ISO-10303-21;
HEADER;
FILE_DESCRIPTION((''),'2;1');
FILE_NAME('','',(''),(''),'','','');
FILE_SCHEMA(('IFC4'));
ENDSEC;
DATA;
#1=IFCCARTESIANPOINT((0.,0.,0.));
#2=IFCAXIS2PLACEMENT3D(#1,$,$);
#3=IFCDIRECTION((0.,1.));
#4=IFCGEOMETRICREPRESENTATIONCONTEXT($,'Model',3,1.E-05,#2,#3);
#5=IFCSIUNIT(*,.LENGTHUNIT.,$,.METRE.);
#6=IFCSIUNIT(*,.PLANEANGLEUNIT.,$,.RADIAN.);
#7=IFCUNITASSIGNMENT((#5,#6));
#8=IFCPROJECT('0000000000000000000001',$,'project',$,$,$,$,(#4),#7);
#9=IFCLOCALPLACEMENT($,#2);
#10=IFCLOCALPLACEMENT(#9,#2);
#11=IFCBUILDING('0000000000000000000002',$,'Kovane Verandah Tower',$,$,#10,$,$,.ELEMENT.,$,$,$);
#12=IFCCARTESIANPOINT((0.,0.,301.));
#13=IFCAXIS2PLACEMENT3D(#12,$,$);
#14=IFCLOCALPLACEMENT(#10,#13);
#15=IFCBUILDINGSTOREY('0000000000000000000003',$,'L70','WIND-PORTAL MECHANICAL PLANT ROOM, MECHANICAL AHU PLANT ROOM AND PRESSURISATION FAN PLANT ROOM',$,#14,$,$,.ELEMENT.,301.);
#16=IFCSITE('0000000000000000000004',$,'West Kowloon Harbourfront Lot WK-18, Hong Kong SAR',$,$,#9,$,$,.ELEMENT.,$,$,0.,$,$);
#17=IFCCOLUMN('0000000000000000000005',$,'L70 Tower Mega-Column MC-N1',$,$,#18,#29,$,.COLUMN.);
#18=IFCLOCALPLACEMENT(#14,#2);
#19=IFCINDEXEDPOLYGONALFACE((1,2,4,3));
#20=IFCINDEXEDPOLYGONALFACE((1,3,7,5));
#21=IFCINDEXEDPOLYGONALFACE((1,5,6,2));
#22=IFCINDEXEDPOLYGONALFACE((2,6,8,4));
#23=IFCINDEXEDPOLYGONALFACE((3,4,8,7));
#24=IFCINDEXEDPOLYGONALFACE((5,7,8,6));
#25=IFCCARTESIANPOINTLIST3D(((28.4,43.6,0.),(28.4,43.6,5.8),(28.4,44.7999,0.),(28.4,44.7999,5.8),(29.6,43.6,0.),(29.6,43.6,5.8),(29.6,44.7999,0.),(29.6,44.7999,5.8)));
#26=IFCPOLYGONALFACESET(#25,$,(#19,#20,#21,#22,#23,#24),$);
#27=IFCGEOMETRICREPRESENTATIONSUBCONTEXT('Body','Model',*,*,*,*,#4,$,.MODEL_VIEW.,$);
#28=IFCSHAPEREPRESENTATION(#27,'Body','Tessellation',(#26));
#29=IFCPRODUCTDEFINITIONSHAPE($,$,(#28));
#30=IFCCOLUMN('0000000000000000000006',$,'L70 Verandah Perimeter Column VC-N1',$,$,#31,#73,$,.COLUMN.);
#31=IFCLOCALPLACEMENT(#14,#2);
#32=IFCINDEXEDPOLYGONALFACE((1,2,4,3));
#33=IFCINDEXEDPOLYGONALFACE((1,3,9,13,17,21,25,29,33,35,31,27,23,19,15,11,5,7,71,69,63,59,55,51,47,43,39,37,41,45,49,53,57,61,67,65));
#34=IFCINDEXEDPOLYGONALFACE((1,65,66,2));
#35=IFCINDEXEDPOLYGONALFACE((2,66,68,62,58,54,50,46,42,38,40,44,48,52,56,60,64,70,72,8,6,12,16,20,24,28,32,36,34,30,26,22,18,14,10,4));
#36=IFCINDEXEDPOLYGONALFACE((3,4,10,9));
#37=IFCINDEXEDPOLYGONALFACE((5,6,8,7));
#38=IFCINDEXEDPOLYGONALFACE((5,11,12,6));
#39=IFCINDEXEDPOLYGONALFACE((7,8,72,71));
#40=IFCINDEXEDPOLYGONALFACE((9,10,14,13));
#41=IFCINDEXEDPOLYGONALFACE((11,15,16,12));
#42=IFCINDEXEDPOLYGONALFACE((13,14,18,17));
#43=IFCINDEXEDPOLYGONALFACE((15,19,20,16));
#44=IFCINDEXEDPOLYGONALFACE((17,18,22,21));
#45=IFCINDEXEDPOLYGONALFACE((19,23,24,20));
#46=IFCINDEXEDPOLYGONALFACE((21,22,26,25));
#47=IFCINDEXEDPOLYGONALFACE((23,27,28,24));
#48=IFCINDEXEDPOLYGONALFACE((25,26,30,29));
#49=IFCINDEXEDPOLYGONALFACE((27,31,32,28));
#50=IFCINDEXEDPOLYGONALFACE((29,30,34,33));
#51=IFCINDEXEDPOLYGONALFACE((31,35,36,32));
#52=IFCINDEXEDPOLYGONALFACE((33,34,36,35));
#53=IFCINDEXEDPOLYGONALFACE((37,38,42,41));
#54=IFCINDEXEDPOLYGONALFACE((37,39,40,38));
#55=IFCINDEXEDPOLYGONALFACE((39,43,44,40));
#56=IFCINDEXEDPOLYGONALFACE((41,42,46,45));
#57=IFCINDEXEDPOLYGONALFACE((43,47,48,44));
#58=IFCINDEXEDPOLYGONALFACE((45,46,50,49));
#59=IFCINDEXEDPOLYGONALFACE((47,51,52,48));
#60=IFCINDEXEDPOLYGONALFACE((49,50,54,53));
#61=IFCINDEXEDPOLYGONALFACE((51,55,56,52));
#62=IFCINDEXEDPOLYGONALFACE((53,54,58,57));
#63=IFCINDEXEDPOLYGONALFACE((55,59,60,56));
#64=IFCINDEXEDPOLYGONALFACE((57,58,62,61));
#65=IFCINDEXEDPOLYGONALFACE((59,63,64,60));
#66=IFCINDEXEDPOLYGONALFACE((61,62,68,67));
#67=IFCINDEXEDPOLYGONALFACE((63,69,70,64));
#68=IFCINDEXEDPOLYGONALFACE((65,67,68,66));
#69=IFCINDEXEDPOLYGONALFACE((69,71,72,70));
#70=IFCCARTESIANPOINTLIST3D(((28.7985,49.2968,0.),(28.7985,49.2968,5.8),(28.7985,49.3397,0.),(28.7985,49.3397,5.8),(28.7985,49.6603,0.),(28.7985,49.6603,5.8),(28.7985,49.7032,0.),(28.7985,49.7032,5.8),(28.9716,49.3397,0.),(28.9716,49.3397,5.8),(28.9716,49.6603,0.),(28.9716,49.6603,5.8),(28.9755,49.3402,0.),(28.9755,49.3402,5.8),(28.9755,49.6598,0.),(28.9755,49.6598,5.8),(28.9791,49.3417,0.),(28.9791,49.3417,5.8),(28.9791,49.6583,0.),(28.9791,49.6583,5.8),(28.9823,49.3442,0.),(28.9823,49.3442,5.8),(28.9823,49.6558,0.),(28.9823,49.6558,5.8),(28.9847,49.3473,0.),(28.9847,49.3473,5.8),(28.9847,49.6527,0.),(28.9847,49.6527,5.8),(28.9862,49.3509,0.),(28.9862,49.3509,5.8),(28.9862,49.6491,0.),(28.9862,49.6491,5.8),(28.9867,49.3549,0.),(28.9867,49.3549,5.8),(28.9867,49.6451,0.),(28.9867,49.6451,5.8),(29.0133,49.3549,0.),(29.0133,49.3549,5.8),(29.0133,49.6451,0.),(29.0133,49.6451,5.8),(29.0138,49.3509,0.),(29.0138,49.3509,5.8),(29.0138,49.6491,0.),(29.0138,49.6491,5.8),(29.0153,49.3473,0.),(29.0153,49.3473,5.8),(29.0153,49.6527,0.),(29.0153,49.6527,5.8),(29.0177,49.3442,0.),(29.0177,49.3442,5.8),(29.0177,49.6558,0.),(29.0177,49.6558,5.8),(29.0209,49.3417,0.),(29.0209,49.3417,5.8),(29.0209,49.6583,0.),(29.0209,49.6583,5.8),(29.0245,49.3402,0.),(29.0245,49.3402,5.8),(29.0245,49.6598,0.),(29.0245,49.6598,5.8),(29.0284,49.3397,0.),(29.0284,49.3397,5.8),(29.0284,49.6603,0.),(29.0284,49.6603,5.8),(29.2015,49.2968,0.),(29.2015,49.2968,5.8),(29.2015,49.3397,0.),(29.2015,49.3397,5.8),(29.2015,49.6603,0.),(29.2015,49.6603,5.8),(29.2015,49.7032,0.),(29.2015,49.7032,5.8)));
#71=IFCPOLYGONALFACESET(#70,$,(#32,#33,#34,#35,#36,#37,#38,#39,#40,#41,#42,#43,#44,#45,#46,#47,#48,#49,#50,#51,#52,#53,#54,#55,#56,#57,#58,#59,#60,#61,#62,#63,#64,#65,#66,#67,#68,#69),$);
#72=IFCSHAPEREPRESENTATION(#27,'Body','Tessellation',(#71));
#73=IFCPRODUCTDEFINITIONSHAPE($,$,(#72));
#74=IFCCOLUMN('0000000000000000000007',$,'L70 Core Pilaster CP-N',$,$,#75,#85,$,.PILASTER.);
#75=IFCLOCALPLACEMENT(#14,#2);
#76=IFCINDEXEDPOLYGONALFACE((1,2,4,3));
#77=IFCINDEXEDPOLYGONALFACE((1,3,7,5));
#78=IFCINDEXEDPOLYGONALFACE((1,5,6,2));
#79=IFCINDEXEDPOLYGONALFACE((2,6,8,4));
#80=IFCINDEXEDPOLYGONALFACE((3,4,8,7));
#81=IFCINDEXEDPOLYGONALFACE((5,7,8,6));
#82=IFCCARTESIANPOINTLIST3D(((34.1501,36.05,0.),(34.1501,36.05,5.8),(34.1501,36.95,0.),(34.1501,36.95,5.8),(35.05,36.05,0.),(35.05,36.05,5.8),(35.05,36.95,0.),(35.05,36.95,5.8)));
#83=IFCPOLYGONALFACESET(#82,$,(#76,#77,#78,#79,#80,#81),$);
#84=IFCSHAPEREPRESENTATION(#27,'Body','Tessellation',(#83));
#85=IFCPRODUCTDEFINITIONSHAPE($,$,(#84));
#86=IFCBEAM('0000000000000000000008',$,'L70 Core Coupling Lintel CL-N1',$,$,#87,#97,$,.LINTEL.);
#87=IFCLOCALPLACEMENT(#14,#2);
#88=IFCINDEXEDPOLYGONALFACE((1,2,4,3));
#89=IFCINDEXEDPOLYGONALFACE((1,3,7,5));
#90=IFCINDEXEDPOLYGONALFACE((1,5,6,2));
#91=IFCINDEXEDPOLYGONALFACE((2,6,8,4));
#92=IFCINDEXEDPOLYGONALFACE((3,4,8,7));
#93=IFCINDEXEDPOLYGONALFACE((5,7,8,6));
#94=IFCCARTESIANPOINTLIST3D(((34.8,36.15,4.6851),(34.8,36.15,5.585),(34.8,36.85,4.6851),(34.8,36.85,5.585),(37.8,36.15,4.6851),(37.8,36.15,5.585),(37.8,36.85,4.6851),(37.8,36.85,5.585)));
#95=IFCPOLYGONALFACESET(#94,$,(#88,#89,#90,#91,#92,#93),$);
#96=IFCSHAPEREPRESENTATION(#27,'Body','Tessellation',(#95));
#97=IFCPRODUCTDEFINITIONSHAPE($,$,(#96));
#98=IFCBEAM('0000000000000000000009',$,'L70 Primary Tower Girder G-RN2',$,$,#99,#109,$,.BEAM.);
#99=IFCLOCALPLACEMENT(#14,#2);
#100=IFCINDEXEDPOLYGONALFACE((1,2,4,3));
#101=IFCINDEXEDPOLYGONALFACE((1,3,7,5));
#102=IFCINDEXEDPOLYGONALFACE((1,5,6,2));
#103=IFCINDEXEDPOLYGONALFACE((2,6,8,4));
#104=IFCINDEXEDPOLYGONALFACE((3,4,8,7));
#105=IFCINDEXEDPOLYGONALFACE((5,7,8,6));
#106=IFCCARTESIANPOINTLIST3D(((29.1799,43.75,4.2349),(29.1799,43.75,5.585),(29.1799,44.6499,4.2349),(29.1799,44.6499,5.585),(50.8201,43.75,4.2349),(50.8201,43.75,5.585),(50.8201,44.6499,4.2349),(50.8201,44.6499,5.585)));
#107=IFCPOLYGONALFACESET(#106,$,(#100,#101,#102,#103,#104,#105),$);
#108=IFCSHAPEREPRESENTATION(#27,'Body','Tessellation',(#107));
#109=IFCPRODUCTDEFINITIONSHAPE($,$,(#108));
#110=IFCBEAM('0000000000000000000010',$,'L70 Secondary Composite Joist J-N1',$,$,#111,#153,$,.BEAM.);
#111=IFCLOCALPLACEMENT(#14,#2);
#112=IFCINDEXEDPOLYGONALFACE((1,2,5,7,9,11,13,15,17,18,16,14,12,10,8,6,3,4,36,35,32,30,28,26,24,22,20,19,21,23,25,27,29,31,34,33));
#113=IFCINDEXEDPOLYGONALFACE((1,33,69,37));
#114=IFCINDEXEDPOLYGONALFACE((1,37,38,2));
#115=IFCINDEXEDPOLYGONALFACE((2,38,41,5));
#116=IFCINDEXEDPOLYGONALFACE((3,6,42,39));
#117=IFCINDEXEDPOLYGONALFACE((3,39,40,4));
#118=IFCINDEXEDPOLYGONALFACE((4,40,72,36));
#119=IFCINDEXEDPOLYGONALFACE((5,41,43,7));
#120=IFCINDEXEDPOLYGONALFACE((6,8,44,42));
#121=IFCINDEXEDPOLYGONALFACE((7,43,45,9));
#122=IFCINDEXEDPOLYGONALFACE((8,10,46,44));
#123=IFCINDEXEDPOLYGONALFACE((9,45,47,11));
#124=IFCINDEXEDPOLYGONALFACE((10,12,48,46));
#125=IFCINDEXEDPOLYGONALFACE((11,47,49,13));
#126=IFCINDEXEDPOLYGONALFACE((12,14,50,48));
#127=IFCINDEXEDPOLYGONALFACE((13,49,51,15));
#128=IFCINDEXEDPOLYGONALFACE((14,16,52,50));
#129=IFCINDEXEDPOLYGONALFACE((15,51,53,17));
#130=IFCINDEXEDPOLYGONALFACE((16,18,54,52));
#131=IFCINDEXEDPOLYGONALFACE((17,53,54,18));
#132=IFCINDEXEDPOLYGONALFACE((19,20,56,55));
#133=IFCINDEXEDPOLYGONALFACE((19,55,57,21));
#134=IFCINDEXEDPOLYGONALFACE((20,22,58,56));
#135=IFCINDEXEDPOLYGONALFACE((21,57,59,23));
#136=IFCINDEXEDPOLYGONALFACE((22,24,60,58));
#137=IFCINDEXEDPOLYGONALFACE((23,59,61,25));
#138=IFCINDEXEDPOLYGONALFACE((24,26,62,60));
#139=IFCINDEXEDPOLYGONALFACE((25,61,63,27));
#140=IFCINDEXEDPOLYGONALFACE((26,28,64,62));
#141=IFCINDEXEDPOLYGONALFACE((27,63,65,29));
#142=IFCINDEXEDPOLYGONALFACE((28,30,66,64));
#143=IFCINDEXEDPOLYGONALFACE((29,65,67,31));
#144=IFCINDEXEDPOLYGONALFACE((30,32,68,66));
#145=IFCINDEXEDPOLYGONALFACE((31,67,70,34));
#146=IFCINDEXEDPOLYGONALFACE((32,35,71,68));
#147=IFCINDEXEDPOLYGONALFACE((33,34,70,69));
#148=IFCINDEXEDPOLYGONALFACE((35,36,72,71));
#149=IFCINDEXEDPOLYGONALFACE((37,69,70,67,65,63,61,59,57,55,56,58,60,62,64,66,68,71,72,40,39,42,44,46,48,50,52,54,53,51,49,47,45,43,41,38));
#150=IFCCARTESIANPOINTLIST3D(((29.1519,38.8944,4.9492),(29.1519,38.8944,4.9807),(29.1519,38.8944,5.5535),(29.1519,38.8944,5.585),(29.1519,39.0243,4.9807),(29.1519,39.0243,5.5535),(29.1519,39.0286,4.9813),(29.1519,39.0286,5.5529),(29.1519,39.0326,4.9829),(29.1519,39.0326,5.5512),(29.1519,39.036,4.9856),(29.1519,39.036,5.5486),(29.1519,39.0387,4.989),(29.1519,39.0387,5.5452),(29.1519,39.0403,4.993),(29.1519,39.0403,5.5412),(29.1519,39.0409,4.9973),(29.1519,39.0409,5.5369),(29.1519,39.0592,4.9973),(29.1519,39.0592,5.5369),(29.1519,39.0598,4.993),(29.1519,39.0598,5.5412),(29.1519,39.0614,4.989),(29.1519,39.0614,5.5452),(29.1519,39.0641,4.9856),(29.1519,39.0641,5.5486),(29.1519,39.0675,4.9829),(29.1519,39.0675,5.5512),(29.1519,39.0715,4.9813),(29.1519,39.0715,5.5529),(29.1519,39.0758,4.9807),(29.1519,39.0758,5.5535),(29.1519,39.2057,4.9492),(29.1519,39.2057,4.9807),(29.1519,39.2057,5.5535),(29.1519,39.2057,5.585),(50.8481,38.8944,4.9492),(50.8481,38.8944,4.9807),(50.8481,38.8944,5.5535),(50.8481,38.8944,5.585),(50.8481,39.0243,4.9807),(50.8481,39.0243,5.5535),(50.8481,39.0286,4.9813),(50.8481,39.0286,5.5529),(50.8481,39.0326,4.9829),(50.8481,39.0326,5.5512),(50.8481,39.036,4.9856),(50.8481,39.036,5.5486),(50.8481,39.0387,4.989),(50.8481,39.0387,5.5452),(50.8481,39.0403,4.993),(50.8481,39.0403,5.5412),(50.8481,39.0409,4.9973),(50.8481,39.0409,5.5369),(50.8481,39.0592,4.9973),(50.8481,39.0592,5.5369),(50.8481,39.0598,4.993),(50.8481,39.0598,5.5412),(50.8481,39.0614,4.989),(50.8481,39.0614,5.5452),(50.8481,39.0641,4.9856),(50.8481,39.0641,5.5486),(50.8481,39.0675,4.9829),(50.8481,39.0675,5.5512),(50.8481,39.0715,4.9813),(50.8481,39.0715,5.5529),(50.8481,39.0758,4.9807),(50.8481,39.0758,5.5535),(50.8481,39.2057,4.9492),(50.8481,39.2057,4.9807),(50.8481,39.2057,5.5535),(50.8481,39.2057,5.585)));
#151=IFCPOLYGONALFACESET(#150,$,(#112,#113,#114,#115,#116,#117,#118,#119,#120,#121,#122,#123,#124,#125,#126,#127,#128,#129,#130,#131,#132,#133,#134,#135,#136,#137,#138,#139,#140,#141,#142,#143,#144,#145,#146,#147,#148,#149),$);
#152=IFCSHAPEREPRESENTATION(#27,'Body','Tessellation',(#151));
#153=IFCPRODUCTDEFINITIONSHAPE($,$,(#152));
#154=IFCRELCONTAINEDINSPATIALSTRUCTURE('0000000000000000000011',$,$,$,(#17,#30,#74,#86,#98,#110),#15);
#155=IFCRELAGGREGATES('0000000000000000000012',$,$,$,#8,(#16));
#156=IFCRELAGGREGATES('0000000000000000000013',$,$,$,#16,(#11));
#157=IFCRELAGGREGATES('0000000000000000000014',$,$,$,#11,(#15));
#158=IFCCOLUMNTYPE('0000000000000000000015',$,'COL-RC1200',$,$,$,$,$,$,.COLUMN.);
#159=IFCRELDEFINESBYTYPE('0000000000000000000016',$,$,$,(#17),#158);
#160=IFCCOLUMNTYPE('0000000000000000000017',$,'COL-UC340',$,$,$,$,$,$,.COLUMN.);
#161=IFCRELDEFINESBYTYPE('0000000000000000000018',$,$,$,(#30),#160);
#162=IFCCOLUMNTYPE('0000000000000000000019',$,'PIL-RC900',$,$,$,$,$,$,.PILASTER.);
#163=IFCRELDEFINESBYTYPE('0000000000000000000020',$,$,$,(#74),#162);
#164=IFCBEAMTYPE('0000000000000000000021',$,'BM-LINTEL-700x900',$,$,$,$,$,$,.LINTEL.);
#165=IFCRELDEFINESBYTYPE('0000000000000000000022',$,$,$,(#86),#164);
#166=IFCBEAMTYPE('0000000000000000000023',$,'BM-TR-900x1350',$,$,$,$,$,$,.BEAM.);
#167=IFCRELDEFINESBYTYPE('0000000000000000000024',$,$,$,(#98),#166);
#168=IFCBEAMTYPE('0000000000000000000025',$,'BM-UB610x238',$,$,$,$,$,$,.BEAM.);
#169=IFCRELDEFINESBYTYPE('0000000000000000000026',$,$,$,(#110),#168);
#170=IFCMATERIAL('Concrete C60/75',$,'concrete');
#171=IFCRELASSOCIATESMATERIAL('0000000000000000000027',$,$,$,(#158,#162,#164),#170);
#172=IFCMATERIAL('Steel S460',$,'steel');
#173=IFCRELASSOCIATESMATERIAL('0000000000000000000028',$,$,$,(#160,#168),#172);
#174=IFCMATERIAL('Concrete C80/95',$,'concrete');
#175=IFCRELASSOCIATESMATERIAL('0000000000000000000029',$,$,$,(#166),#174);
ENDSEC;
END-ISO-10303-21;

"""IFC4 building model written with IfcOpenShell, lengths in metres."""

from ifc_helpers import new_model, si_unit, direction, frame, origin, origin_2d, place, context, subcontext, project, spatial, rectangle, i_section, extrude, material, material_profile, profile_set, type_object, element, save


model = new_model("IFC4")

# Units and contexts
model_context = context("Model", 3, precision=1e-05, world=origin(), true_north=direction((0.0, 1.0)))
body_context = subcontext(model_context, "Body", "Model", "MODEL_VIEW")
ifc_project = project(units=[si_unit("LENGTHUNIT", "METRE"), si_unit("PLANEANGLEUNIT", "RADIAN")], contexts=[model_context])

# Site, building, storey
site_placement = place(None, origin())
site = spatial("IfcSite", under=ifc_project, at=site_placement, Name="West Kowloon Harbourfront Lot WK-18, Hong Kong SAR", CompositionType="ELEMENT", RefElevation=0.0)
building_placement = place(site_placement, origin())
building = spatial("IfcBuilding", under=site, at=building_placement, Name="Kovane Verandah Tower", CompositionType="ELEMENT")
storey_placement = place(building_placement, frame((0.0, 0.0, 301.0)))
storey = spatial("IfcBuildingStorey", under=building, at=storey_placement, Name="L70", Description="WIND-PORTAL MECHANICAL PLANT ROOM, MECHANICAL AHU PLANT ROOM AND PRESSURISATION FAN PLANT ROOM", CompositionType="ELEMENT", Elevation=301.0)

# Columns
ifc_material_1 = material(Name="Concrete C60/75", Category="concrete")
ifc_material_profile_1 = material_profile(ifc_material_1, rectangle(XDim=1.2, YDim=1.2, at=origin_2d()), Name="RC1200x1200")
ifc_profile_set_1 = profile_set([ifc_material_profile_1], Name="Concrete C60/75")
column_type_1 = type_object("IfcColumnType", Name="COL-RC1200", PredefinedType="COLUMN", material=ifc_profile_set_1)
column_1_placement = place(storey_placement, frame((29.0, 44.2, 0.0), z_axis=(0.0, 0.0, 1.0), x_axis=(1.0, 0.0, 0.0)))
element("IfcColumn", 1, at=column_1_placement, inside=storey, type_object=column_type_1, Name="L70 Tower Mega-Column MC-N1", PredefinedType="COLUMN", context=body_context, shape_type="SweptSolid", body=[
    extrude(rectangle(XDim=1.2, YDim=1.2, at=origin_2d()), origin(), (0.0, 0.0, 1.0), 5.8),
])
ifc_material_2 = material(Name="Steel S460", Category="steel")
ifc_material_profile_2 = material_profile(ifc_material_2, i_section(OverallWidth=0.4031, OverallDepth=0.4065, WebThickness=0.0266, FlangeThickness=0.043, FilletRadius=0.0151, at=origin_2d()), Name="UC356x406x340")
ifc_profile_set_2 = profile_set([ifc_material_profile_2], Name="Steel S460")
column_type_2 = type_object("IfcColumnType", Name="COL-UC340", PredefinedType="COLUMN", material=ifc_profile_set_2)
column_2_placement = place(storey_placement, frame((29.0, 49.5, 0.0), z_axis=(0.0, 0.0, 1.0), x_axis=(1.0, 0.0, 0.0)))
element("IfcColumn", 2, at=column_2_placement, inside=storey, type_object=column_type_2, Name="L70 Verandah Perimeter Column VC-N1", PredefinedType="COLUMN", context=body_context, shape_type="SweptSolid", body=[
    extrude(i_section(OverallWidth=0.4031, OverallDepth=0.4065, WebThickness=0.0266, FlangeThickness=0.043, FilletRadius=0.0151, at=origin_2d()), origin(), (0.0, 0.0, 1.0), 5.8),
])
ifc_material_profile_3 = material_profile(ifc_material_1, rectangle(XDim=0.8999, YDim=0.8999, at=origin_2d()), Name="RC900x900")
ifc_profile_set_3 = profile_set([ifc_material_profile_3], Name="Concrete C60/75")
column_type_3 = type_object("IfcColumnType", Name="PIL-RC900", PredefinedType="PILASTER", material=ifc_profile_set_3)
column_3_placement = place(storey_placement, frame((34.6001, 36.5, 0.0), z_axis=(0.0, 0.0, 1.0), x_axis=(1.0, 0.0, 0.0)))
element("IfcColumn", 3, at=column_3_placement, inside=storey, type_object=column_type_3, Name="L70 Core Pilaster CP-N", PredefinedType="PILASTER", context=body_context, shape_type="SweptSolid", body=[
    extrude(rectangle(XDim=0.8999, YDim=0.8999, at=origin_2d()), origin(), (0.0, 0.0, 1.0), 5.8),
])

# Beams
ifc_material_profile_4 = material_profile(ifc_material_1, rectangle(XDim=0.7, YDim=0.8999, at=origin_2d()), Name="RCB700x900")
ifc_profile_set_4 = profile_set([ifc_material_profile_4], Name="Concrete C60/75")
beam_type_1 = type_object("IfcBeamType", Name="BM-LINTEL-700x900", PredefinedType="LINTEL", material=ifc_profile_set_4)
beam_1_placement = place(storey_placement, frame((34.8, 36.5, 5.135), z_axis=(1.0, 0.0, 0.0), x_axis=(0.0, 1.0, 0.0)))
element("IfcBeam", 4, at=beam_1_placement, inside=storey, type_object=beam_type_1, Name="L70 Core Coupling Lintel CL-N1", PredefinedType="LINTEL", context=body_context, shape_type="SweptSolid", body=[
    extrude(rectangle(XDim=0.7, YDim=0.8999, at=origin_2d()), origin(), (0.0, 0.0, 1.0), 3.0),
])
ifc_material_3 = material(Name="Concrete C80/95", Category="concrete")
ifc_material_profile_5 = material_profile(ifc_material_3, rectangle(XDim=0.8999, YDim=1.3501, at=origin_2d()), Name="RCB900x1350")
ifc_profile_set_5 = profile_set([ifc_material_profile_5], Name="Concrete C80/95")
beam_type_2 = type_object("IfcBeamType", Name="BM-TR-900x1350", PredefinedType="BEAM", material=ifc_profile_set_5)
beam_2_placement = place(storey_placement, frame((29.1799, 44.2, 4.9099), z_axis=(1.0, 0.0, 0.0), x_axis=(0.0, 1.0, 0.0)))
element("IfcBeam", 5, at=beam_2_placement, inside=storey, type_object=beam_type_2, Name="L70 Primary Tower Girder G-RN2", PredefinedType="BEAM", context=body_context, shape_type="SweptSolid", body=[
    extrude(rectangle(XDim=0.8999, YDim=1.3501, at=origin_2d()), origin(), (0.0, 0.0, 1.0), 21.6401),
])
ifc_material_profile_6 = material_profile(ifc_material_2, i_section(OverallWidth=0.3113, OverallDepth=0.6357, WebThickness=0.0183, FlangeThickness=0.0315, FilletRadius=0.0166, at=origin_2d()), Name="UB610x305x238")
ifc_profile_set_6 = profile_set([ifc_material_profile_6], Name="Steel S460")
beam_type_3 = type_object("IfcBeamType", Name="BM-UB610x238", PredefinedType="BEAM", material=ifc_profile_set_6)
for number, where, z_axis, x_axis, name in (
    (6, (29.1519, 39.05, 5.2671), (1.0, 0.0, 0.0), (0.0, 1.0, 0.0), "L70 Secondary Composite Joist J-N1"),
):
    element("IfcBeam", number, at=place(storey_placement, frame(where, z_axis=z_axis, x_axis=x_axis)), inside=storey, type_object=beam_type_3, Name=name, PredefinedType="BEAM", context=body_context, shape_type="SweptSolid", body=[
        extrude(i_section(OverallWidth=0.3113, OverallDepth=0.6357, WebThickness=0.0183, FlangeThickness=0.0315, FilletRadius=0.0166, at=origin_2d()), origin(), (0.0, 0.0, 1.0), 21.6963),
    ])

save(model, "model.ifc")
